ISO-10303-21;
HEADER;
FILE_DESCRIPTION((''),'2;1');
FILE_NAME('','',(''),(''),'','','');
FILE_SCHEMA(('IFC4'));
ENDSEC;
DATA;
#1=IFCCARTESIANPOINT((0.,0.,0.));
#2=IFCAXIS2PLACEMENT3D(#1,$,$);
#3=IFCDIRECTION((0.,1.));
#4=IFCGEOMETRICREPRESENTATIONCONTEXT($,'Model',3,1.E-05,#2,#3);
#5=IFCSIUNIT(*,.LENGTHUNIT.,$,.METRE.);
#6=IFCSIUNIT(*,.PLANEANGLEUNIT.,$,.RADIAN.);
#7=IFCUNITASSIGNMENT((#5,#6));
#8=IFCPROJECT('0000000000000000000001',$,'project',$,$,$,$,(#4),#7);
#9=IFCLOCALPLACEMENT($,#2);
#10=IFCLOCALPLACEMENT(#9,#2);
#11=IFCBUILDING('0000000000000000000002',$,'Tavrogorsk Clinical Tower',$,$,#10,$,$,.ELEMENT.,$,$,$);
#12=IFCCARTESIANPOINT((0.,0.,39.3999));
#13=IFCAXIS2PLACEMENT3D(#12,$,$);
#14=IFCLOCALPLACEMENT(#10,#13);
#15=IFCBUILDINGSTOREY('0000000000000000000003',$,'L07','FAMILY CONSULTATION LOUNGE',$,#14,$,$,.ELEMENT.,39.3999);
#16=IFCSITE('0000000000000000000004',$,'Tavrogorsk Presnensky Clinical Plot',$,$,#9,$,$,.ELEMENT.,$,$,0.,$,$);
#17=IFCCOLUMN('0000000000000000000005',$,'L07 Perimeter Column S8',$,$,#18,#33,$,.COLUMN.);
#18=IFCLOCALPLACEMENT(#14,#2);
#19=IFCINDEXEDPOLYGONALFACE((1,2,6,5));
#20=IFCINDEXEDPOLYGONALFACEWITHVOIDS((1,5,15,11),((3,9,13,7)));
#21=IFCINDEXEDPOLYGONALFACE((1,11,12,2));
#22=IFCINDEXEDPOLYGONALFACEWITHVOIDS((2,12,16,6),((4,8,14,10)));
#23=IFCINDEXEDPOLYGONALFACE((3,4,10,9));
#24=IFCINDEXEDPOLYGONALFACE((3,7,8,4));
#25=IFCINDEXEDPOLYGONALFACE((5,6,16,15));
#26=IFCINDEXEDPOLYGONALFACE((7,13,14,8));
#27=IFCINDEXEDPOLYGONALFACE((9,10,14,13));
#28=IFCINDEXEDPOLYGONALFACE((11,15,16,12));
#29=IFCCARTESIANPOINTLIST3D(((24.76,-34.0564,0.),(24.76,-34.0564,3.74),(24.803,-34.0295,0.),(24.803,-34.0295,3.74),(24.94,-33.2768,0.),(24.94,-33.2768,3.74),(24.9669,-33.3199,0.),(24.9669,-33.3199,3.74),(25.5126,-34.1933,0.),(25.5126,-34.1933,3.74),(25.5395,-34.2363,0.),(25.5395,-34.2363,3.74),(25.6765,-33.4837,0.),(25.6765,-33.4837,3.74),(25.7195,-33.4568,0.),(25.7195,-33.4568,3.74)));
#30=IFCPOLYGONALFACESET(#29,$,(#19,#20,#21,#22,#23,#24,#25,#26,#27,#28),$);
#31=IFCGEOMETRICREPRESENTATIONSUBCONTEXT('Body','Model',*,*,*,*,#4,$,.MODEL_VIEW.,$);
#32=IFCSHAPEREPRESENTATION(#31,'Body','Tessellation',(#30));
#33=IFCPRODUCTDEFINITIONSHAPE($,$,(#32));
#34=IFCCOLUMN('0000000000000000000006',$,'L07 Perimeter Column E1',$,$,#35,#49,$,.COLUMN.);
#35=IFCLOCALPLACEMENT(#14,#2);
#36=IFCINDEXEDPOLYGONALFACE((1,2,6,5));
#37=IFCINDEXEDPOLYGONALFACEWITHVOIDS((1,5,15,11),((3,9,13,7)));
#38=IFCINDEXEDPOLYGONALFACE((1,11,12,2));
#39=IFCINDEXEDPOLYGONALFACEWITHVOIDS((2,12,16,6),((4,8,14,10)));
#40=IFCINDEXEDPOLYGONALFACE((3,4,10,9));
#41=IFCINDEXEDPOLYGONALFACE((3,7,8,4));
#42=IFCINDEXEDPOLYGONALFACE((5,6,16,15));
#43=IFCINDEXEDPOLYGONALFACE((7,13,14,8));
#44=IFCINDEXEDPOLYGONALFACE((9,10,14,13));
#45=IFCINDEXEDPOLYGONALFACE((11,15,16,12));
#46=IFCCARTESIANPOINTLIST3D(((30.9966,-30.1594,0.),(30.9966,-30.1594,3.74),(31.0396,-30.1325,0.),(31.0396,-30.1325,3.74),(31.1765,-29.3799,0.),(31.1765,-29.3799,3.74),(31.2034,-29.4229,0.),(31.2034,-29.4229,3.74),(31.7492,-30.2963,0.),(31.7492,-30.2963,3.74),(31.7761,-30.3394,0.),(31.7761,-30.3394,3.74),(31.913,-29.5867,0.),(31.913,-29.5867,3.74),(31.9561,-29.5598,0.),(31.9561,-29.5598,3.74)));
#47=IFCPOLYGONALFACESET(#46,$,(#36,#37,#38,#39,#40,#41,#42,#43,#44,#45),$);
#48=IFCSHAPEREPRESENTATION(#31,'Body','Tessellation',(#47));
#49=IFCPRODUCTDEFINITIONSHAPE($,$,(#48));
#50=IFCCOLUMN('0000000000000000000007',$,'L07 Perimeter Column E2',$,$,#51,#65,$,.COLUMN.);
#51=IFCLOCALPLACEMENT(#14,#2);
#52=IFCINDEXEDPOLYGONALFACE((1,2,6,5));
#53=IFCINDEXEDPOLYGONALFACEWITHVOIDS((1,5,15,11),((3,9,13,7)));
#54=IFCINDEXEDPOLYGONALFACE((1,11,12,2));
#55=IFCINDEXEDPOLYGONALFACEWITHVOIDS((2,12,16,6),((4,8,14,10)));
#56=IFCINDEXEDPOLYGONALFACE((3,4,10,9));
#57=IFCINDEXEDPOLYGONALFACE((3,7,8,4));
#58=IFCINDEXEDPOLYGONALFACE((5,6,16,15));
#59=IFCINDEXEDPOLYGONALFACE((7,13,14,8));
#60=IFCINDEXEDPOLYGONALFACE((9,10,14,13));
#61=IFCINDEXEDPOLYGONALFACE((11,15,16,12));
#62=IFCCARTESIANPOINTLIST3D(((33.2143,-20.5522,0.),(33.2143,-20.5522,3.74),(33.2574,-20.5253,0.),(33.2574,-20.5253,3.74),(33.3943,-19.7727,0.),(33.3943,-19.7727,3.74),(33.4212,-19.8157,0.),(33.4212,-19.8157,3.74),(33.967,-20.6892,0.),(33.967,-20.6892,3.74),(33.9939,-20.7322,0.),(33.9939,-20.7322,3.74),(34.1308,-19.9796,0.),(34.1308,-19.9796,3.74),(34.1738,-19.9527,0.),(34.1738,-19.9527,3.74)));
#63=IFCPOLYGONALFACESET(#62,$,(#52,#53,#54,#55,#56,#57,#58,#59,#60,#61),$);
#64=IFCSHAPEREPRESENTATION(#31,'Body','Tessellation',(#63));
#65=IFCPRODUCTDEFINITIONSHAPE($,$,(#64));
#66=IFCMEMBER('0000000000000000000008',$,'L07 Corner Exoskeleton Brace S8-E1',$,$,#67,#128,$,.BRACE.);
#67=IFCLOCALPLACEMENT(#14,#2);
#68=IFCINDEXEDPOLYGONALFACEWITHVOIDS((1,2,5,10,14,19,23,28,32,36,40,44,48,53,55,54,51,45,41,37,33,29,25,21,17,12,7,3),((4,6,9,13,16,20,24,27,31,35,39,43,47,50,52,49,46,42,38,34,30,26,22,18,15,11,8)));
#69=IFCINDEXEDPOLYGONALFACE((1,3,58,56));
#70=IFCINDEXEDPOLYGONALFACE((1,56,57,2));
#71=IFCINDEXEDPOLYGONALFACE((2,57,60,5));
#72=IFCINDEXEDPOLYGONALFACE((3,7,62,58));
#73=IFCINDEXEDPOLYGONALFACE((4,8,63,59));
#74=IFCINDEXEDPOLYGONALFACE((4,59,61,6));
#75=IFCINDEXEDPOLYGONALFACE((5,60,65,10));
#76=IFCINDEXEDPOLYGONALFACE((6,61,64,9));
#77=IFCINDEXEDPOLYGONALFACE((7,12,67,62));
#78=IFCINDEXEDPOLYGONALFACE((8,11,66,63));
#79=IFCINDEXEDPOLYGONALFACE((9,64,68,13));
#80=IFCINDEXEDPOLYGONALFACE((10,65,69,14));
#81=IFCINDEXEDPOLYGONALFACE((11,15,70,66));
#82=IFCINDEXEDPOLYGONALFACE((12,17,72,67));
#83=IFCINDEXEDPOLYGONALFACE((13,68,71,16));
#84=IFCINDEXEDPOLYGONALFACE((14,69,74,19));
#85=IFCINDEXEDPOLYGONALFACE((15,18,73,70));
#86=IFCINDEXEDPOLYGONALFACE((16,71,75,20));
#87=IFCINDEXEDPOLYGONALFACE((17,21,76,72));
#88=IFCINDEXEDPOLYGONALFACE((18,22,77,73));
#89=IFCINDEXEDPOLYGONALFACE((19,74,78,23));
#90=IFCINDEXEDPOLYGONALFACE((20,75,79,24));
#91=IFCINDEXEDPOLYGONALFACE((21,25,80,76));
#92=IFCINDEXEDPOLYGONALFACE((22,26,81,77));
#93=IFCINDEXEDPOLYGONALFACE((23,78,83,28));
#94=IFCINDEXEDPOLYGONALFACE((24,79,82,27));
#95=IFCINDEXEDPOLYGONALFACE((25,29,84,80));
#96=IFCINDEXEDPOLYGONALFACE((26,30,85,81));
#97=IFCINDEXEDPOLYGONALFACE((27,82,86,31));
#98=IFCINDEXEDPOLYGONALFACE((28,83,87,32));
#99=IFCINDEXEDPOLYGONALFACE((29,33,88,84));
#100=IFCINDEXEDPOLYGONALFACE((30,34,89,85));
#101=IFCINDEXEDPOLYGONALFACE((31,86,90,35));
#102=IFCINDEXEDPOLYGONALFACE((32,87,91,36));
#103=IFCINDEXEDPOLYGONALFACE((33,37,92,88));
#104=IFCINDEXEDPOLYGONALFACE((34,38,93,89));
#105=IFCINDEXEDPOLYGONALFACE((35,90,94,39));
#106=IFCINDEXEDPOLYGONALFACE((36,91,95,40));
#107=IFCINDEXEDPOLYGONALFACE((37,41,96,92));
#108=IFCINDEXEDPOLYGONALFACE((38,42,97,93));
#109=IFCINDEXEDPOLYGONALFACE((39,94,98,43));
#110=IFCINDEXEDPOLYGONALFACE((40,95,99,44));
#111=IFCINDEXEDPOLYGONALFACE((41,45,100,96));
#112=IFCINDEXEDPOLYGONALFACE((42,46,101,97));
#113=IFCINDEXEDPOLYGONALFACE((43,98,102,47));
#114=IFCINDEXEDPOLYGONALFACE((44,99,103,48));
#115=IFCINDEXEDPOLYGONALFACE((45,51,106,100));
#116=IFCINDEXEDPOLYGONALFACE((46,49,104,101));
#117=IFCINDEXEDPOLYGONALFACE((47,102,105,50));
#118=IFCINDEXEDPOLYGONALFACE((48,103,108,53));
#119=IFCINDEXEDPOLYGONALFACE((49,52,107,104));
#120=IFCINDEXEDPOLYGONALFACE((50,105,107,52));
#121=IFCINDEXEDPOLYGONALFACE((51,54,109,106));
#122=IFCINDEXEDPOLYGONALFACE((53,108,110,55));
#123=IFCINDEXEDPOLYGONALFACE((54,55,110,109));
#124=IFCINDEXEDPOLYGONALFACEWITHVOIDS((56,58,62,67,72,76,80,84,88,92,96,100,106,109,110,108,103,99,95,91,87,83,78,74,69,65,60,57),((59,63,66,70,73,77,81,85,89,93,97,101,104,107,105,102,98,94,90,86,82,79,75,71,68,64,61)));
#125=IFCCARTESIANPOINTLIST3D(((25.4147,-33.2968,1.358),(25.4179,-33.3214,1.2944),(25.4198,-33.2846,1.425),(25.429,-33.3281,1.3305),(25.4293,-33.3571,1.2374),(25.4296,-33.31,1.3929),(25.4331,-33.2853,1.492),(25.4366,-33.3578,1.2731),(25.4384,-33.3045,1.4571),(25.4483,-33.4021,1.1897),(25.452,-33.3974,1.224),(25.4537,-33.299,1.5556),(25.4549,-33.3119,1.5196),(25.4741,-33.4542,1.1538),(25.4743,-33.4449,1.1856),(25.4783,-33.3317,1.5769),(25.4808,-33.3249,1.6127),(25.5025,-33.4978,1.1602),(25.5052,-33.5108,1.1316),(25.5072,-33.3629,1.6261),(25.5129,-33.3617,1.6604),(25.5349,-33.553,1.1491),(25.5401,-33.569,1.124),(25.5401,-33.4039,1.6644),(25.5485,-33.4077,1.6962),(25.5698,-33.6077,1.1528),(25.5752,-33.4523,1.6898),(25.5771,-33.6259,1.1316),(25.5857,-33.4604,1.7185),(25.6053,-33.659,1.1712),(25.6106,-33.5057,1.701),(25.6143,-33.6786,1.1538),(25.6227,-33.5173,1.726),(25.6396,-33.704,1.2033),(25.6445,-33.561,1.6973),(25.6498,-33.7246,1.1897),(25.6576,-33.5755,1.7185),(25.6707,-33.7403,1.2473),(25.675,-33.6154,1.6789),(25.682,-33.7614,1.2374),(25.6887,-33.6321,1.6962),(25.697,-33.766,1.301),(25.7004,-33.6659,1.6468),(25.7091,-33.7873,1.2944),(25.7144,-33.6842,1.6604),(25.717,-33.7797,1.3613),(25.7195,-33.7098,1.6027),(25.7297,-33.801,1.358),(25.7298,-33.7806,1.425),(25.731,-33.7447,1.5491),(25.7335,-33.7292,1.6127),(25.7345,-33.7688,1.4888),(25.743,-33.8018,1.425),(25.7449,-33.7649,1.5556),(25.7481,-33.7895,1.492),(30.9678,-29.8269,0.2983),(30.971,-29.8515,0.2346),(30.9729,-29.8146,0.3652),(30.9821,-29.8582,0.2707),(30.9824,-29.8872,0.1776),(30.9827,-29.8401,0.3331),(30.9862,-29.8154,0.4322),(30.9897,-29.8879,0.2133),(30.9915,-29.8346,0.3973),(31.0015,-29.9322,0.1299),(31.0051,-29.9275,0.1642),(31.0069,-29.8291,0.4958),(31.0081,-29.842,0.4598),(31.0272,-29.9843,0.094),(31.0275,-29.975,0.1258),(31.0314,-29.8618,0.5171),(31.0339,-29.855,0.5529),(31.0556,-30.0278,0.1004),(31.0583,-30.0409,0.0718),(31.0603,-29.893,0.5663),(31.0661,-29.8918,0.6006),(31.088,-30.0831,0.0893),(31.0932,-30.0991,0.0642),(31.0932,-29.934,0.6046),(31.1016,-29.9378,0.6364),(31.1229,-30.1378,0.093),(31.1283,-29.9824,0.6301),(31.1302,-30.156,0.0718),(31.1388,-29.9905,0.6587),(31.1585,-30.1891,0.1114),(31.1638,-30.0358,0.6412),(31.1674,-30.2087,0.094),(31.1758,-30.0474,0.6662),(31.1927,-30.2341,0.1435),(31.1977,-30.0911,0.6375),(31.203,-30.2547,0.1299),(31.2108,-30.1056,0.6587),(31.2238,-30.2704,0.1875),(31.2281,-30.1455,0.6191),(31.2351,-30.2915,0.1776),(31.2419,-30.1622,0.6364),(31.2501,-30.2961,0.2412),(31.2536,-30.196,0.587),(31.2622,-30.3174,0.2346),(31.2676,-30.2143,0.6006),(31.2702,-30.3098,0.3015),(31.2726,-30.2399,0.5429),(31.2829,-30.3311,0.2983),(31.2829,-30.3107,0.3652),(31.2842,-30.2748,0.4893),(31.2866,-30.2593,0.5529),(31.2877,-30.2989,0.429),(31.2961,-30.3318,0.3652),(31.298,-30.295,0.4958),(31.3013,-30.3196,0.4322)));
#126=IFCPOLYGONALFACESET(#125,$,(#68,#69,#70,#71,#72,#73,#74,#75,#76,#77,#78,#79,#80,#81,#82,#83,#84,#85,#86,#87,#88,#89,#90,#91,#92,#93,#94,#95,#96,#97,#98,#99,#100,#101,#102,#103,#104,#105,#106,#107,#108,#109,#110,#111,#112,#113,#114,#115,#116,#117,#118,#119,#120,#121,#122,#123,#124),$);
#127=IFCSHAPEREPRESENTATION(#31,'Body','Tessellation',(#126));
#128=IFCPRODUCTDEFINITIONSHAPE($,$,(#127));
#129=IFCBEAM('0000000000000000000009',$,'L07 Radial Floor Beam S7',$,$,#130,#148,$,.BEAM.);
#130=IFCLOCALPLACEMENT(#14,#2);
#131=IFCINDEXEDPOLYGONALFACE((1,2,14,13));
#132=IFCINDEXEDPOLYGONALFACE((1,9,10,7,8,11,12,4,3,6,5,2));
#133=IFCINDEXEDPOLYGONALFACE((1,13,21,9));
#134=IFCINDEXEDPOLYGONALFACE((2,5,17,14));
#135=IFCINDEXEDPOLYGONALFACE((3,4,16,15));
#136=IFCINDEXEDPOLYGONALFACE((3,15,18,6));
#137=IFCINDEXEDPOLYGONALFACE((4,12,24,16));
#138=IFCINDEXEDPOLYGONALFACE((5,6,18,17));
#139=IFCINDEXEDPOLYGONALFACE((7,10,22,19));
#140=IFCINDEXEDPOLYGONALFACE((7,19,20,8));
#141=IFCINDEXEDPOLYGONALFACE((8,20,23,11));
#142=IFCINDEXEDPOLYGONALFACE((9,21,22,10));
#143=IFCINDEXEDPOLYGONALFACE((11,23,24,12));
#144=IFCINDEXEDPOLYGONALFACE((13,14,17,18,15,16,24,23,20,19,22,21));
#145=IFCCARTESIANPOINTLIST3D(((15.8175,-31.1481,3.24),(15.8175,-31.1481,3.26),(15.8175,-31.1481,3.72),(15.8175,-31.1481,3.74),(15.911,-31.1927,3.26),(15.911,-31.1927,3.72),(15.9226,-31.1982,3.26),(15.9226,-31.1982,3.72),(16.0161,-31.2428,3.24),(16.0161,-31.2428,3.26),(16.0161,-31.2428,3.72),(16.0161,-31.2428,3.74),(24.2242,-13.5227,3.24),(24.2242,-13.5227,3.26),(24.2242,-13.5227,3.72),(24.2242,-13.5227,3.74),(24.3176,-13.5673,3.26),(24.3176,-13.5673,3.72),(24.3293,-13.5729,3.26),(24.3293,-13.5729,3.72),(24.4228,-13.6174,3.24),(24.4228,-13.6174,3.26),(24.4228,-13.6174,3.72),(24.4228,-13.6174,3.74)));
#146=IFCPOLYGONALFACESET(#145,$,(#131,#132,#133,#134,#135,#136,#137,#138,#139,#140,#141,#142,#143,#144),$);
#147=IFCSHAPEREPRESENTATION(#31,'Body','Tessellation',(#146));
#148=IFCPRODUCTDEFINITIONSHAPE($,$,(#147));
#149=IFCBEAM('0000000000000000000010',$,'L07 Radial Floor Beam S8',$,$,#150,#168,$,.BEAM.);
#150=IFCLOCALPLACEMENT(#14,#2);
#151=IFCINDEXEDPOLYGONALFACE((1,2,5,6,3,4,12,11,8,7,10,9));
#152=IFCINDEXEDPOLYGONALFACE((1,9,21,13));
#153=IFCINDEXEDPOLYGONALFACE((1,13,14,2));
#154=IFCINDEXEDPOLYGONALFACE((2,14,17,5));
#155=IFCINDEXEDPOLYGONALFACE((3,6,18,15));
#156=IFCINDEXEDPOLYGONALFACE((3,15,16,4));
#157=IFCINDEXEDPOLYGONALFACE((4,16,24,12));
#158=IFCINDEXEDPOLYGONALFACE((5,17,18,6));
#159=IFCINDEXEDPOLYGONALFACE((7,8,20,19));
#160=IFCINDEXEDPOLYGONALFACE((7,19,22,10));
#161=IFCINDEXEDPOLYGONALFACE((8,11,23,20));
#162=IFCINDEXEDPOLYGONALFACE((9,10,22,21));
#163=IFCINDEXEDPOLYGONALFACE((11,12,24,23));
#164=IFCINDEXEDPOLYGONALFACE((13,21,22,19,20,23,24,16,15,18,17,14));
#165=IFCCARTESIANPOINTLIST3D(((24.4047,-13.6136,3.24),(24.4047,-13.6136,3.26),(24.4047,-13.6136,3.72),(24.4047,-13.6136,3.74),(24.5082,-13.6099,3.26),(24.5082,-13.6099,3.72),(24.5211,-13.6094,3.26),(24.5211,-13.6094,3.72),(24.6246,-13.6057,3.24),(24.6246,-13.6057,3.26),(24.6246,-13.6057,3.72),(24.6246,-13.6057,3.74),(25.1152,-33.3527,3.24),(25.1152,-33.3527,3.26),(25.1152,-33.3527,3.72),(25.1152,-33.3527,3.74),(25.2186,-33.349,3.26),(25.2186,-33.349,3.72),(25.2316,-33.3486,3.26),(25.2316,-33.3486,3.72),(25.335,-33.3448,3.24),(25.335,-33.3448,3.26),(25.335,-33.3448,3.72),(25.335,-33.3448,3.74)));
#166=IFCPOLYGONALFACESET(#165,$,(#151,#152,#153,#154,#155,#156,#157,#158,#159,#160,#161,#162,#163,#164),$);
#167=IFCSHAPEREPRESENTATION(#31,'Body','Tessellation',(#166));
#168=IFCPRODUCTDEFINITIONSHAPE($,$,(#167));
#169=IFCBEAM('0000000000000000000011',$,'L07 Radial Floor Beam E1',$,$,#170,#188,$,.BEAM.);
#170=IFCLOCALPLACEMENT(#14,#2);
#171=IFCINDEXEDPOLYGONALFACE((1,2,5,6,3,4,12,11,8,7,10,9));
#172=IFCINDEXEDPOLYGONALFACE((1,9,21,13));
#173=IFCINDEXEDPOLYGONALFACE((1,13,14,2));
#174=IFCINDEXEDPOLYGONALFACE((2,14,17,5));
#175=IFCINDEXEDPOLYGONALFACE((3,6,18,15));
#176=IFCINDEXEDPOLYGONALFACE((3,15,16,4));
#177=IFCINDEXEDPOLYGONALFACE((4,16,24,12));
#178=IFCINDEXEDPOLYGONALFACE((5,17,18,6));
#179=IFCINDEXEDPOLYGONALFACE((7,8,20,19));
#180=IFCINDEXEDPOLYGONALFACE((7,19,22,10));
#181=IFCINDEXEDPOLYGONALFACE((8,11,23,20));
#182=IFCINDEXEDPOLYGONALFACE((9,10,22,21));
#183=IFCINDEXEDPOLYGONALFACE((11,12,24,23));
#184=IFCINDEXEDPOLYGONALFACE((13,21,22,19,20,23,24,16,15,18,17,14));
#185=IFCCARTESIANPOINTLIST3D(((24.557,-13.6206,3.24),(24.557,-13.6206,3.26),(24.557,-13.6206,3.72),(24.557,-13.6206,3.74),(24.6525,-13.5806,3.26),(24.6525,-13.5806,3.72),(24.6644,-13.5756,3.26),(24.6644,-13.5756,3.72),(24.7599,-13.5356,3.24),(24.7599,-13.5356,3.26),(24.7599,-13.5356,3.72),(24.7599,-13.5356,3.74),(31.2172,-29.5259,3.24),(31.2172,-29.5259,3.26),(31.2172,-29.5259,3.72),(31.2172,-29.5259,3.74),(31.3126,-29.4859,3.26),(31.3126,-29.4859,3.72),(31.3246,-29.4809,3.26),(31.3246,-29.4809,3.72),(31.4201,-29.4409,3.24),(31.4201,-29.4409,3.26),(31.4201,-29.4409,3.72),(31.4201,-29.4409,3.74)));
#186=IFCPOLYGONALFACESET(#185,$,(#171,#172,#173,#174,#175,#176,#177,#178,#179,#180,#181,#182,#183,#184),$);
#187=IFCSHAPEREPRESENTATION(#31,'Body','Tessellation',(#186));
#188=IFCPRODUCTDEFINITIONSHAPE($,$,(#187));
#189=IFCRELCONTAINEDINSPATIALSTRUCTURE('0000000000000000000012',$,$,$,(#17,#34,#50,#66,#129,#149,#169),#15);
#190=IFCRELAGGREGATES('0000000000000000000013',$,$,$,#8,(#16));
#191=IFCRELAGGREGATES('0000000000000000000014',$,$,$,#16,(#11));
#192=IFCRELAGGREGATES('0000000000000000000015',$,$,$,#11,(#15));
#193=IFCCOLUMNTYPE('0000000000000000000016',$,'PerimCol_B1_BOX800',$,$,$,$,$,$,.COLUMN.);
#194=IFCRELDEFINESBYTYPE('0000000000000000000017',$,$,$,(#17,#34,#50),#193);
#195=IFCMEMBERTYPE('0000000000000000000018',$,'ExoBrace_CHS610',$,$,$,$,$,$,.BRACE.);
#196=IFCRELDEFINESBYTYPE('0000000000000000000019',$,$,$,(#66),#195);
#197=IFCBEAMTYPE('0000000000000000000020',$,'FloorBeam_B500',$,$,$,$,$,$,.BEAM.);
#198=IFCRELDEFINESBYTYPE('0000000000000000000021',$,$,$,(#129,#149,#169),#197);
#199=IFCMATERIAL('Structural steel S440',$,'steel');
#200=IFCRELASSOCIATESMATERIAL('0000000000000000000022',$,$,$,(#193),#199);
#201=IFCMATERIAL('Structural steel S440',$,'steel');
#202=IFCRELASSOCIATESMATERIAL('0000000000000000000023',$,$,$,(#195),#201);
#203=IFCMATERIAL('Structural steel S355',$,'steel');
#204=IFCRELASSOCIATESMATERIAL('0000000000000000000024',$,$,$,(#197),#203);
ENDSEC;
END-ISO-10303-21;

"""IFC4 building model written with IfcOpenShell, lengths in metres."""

from ifc_helpers import new_model, si_unit, direction, frame, origin, origin_2d, place, context, subcontext, project, spatial, hollow_rectangle, hollow_circle, i_section, extrude, material, material_profile, profile_set, type_object, element, save


model = new_model("IFC4")

# Units and contexts
model_context = context("Model", 3, precision=1e-05, world=origin(), true_north=direction((0.0, 1.0)))
body_context = subcontext(model_context, "Body", "Model", "MODEL_VIEW")
ifc_project = project(units=[si_unit("LENGTHUNIT", "METRE"), si_unit("PLANEANGLEUNIT", "RADIAN")], contexts=[model_context])

# Site, building, storey
site_placement = place(None, origin())
site = spatial("IfcSite", under=ifc_project, at=site_placement, Name="Tavrogorsk Presnensky Clinical Plot", CompositionType="ELEMENT", RefElevation=0.0)
building_placement = place(site_placement, origin())
building = spatial("IfcBuilding", under=site, at=building_placement, Name="Tavrogorsk Clinical Tower", CompositionType="ELEMENT")
storey_placement = place(building_placement, frame((0.0, 0.0, 39.3999)))
storey = spatial("IfcBuildingStorey", under=building, at=storey_placement, Name="L07", Description="FAMILY CONSULTATION LOUNGE", CompositionType="ELEMENT", Elevation=39.3999)

# Columns
ifc_material_1 = material(Name="Structural steel S440", Category="steel")
ifc_material_profile_1 = material_profile(ifc_material_1, hollow_rectangle(XDim=0.8, YDim=0.8, WallThickness=0.0359, at=origin_2d()), Name="BOX-800x800x36")
ifc_profile_set_1 = profile_set([ifc_material_profile_1], Name="Structural steel S440")
column_type = type_object("IfcColumnType", Name="PerimCol_B1_BOX800", PredefinedType="COLUMN", material=ifc_profile_set_1)
for number, where, z_axis, x_axis, name in (
    (1, (25.2397, -33.7566, 0.0), (0.0, 0.0, 1.0), (0.97437, -0.224951, 0.0), "L07 Perimeter Column S8"),
    (2, (31.4763, -29.8596, 0.0), (0.0, 0.0, 1.0), (0.97437, -0.224951, 0.0), "L07 Perimeter Column E1"),
    (3, (33.6941, -20.2524, 0.0), (0.0, 0.0, 1.0), (0.97437, -0.224951, 0.0), "L07 Perimeter Column E2"),
):
    element("IfcColumn", number, at=place(storey_placement, frame(where, z_axis=z_axis, x_axis=x_axis)), inside=storey, type_object=column_type, Name=name, PredefinedType="COLUMN", context=body_context, shape_type="SweptSolid", body=[
        extrude(hollow_rectangle(XDim=0.8, YDim=0.8, WallThickness=0.0359, at=origin_2d()), origin(), (0.0, 0.0, 1.0), 3.74),
    ])

# Member
ifc_material_2 = material(Name="Structural steel S440", Category="steel")
ifc_material_profile_2 = material_profile(ifc_material_2, hollow_circle(Radius=0.3049, WallThickness=0.0249, at=origin_2d()), Name="CHS-610x25")
ifc_profile_set_2 = profile_set([ifc_material_profile_2], Name="Structural steel S440")
member_type_1 = type_object("IfcMemberType", Name="ExoBrace_CHS610", PredefinedType="BRACE", material=ifc_profile_set_2)
member_1_placement = place(storey_placement, frame((31.1345, -30.0732, 0.3652), z_axis=(-0.837159, -0.523105, 0.159769), x_axis=(0.529912, -0.848053, 0.0)))
element("IfcMember", 4, at=member_1_placement, inside=storey, type_object=member_type_1, Name="L07 Corner Exoskeleton Brace S8-E1", PredefinedType="BRACE", context=body_context, shape_type="SweptSolid", body=[
    extrude(hollow_circle(Radius=0.3049, WallThickness=0.0249, at=origin_2d()), origin(), (0.0, 0.0, 1.0), 6.6333),
])

# Beams
ifc_material_3 = material(Name="Structural steel S355", Category="steel")
ifc_material_profile_3 = material_profile(ifc_material_3, i_section(OverallWidth=0.22, OverallDepth=0.5, WebThickness=0.0129, FlangeThickness=0.02, at=origin_2d()), Name="B-500x220x13x20")
ifc_profile_set_3 = profile_set([ifc_material_profile_3], Name="Structural steel S355")
beam_type_1 = type_object("IfcBeamType", Name="FloorBeam_B500", PredefinedType="BEAM", material=ifc_profile_set_3)
beam_1_placement = place(storey_placement, frame((24.3235, -13.5701, 3.49), z_axis=(-0.430503, -0.902589, 0.0), x_axis=(0.902589, -0.430503, 0.0)))
element("IfcBeam", 5, at=beam_1_placement, inside=storey, type_object=beam_type_1, Name="L07 Radial Floor Beam S7", PredefinedType="BEAM", context=body_context, shape_type="SweptSolid", body=[
    extrude(i_section(OverallWidth=0.22, OverallDepth=0.5, WebThickness=0.0129, FlangeThickness=0.02, at=origin_2d()), origin(), (0.0, 0.0, 1.0), 19.5276),
])
beam_2_placement = place(storey_placement, frame((24.5146, -13.6096, 3.49), z_axis=(0.035968, -0.999353, 0.0), x_axis=(0.999353, 0.035968, 0.0)))
element("IfcBeam", 6, at=beam_2_placement, inside=storey, type_object=beam_type_1, Name="L07 Radial Floor Beam S8", PredefinedType="BEAM", context=body_context, shape_type="SweptSolid", body=[
    extrude(i_section(OverallWidth=0.22, OverallDepth=0.5, WebThickness=0.0129, FlangeThickness=0.02, at=origin_2d()), origin(), (0.0, 0.0, 1.0), 19.752),
])
beam_3_placement = place(storey_placement, frame((24.6584, -13.5781, 3.49), z_axis=(0.386243, -0.922397, 0.0), x_axis=(0.922397, 0.386243, 0.0)))
element("IfcBeam", 7, at=beam_3_placement, inside=storey, type_object=beam_type_1, Name="L07 Radial Floor Beam E1", PredefinedType="BEAM", context=body_context, shape_type="SweptSolid", body=[
    extrude(i_section(OverallWidth=0.22, OverallDepth=0.5, WebThickness=0.0129, FlangeThickness=0.02, at=origin_2d()), origin(), (0.0, 0.0, 1.0), 17.2434),
])

save(model, "model.ifc")
